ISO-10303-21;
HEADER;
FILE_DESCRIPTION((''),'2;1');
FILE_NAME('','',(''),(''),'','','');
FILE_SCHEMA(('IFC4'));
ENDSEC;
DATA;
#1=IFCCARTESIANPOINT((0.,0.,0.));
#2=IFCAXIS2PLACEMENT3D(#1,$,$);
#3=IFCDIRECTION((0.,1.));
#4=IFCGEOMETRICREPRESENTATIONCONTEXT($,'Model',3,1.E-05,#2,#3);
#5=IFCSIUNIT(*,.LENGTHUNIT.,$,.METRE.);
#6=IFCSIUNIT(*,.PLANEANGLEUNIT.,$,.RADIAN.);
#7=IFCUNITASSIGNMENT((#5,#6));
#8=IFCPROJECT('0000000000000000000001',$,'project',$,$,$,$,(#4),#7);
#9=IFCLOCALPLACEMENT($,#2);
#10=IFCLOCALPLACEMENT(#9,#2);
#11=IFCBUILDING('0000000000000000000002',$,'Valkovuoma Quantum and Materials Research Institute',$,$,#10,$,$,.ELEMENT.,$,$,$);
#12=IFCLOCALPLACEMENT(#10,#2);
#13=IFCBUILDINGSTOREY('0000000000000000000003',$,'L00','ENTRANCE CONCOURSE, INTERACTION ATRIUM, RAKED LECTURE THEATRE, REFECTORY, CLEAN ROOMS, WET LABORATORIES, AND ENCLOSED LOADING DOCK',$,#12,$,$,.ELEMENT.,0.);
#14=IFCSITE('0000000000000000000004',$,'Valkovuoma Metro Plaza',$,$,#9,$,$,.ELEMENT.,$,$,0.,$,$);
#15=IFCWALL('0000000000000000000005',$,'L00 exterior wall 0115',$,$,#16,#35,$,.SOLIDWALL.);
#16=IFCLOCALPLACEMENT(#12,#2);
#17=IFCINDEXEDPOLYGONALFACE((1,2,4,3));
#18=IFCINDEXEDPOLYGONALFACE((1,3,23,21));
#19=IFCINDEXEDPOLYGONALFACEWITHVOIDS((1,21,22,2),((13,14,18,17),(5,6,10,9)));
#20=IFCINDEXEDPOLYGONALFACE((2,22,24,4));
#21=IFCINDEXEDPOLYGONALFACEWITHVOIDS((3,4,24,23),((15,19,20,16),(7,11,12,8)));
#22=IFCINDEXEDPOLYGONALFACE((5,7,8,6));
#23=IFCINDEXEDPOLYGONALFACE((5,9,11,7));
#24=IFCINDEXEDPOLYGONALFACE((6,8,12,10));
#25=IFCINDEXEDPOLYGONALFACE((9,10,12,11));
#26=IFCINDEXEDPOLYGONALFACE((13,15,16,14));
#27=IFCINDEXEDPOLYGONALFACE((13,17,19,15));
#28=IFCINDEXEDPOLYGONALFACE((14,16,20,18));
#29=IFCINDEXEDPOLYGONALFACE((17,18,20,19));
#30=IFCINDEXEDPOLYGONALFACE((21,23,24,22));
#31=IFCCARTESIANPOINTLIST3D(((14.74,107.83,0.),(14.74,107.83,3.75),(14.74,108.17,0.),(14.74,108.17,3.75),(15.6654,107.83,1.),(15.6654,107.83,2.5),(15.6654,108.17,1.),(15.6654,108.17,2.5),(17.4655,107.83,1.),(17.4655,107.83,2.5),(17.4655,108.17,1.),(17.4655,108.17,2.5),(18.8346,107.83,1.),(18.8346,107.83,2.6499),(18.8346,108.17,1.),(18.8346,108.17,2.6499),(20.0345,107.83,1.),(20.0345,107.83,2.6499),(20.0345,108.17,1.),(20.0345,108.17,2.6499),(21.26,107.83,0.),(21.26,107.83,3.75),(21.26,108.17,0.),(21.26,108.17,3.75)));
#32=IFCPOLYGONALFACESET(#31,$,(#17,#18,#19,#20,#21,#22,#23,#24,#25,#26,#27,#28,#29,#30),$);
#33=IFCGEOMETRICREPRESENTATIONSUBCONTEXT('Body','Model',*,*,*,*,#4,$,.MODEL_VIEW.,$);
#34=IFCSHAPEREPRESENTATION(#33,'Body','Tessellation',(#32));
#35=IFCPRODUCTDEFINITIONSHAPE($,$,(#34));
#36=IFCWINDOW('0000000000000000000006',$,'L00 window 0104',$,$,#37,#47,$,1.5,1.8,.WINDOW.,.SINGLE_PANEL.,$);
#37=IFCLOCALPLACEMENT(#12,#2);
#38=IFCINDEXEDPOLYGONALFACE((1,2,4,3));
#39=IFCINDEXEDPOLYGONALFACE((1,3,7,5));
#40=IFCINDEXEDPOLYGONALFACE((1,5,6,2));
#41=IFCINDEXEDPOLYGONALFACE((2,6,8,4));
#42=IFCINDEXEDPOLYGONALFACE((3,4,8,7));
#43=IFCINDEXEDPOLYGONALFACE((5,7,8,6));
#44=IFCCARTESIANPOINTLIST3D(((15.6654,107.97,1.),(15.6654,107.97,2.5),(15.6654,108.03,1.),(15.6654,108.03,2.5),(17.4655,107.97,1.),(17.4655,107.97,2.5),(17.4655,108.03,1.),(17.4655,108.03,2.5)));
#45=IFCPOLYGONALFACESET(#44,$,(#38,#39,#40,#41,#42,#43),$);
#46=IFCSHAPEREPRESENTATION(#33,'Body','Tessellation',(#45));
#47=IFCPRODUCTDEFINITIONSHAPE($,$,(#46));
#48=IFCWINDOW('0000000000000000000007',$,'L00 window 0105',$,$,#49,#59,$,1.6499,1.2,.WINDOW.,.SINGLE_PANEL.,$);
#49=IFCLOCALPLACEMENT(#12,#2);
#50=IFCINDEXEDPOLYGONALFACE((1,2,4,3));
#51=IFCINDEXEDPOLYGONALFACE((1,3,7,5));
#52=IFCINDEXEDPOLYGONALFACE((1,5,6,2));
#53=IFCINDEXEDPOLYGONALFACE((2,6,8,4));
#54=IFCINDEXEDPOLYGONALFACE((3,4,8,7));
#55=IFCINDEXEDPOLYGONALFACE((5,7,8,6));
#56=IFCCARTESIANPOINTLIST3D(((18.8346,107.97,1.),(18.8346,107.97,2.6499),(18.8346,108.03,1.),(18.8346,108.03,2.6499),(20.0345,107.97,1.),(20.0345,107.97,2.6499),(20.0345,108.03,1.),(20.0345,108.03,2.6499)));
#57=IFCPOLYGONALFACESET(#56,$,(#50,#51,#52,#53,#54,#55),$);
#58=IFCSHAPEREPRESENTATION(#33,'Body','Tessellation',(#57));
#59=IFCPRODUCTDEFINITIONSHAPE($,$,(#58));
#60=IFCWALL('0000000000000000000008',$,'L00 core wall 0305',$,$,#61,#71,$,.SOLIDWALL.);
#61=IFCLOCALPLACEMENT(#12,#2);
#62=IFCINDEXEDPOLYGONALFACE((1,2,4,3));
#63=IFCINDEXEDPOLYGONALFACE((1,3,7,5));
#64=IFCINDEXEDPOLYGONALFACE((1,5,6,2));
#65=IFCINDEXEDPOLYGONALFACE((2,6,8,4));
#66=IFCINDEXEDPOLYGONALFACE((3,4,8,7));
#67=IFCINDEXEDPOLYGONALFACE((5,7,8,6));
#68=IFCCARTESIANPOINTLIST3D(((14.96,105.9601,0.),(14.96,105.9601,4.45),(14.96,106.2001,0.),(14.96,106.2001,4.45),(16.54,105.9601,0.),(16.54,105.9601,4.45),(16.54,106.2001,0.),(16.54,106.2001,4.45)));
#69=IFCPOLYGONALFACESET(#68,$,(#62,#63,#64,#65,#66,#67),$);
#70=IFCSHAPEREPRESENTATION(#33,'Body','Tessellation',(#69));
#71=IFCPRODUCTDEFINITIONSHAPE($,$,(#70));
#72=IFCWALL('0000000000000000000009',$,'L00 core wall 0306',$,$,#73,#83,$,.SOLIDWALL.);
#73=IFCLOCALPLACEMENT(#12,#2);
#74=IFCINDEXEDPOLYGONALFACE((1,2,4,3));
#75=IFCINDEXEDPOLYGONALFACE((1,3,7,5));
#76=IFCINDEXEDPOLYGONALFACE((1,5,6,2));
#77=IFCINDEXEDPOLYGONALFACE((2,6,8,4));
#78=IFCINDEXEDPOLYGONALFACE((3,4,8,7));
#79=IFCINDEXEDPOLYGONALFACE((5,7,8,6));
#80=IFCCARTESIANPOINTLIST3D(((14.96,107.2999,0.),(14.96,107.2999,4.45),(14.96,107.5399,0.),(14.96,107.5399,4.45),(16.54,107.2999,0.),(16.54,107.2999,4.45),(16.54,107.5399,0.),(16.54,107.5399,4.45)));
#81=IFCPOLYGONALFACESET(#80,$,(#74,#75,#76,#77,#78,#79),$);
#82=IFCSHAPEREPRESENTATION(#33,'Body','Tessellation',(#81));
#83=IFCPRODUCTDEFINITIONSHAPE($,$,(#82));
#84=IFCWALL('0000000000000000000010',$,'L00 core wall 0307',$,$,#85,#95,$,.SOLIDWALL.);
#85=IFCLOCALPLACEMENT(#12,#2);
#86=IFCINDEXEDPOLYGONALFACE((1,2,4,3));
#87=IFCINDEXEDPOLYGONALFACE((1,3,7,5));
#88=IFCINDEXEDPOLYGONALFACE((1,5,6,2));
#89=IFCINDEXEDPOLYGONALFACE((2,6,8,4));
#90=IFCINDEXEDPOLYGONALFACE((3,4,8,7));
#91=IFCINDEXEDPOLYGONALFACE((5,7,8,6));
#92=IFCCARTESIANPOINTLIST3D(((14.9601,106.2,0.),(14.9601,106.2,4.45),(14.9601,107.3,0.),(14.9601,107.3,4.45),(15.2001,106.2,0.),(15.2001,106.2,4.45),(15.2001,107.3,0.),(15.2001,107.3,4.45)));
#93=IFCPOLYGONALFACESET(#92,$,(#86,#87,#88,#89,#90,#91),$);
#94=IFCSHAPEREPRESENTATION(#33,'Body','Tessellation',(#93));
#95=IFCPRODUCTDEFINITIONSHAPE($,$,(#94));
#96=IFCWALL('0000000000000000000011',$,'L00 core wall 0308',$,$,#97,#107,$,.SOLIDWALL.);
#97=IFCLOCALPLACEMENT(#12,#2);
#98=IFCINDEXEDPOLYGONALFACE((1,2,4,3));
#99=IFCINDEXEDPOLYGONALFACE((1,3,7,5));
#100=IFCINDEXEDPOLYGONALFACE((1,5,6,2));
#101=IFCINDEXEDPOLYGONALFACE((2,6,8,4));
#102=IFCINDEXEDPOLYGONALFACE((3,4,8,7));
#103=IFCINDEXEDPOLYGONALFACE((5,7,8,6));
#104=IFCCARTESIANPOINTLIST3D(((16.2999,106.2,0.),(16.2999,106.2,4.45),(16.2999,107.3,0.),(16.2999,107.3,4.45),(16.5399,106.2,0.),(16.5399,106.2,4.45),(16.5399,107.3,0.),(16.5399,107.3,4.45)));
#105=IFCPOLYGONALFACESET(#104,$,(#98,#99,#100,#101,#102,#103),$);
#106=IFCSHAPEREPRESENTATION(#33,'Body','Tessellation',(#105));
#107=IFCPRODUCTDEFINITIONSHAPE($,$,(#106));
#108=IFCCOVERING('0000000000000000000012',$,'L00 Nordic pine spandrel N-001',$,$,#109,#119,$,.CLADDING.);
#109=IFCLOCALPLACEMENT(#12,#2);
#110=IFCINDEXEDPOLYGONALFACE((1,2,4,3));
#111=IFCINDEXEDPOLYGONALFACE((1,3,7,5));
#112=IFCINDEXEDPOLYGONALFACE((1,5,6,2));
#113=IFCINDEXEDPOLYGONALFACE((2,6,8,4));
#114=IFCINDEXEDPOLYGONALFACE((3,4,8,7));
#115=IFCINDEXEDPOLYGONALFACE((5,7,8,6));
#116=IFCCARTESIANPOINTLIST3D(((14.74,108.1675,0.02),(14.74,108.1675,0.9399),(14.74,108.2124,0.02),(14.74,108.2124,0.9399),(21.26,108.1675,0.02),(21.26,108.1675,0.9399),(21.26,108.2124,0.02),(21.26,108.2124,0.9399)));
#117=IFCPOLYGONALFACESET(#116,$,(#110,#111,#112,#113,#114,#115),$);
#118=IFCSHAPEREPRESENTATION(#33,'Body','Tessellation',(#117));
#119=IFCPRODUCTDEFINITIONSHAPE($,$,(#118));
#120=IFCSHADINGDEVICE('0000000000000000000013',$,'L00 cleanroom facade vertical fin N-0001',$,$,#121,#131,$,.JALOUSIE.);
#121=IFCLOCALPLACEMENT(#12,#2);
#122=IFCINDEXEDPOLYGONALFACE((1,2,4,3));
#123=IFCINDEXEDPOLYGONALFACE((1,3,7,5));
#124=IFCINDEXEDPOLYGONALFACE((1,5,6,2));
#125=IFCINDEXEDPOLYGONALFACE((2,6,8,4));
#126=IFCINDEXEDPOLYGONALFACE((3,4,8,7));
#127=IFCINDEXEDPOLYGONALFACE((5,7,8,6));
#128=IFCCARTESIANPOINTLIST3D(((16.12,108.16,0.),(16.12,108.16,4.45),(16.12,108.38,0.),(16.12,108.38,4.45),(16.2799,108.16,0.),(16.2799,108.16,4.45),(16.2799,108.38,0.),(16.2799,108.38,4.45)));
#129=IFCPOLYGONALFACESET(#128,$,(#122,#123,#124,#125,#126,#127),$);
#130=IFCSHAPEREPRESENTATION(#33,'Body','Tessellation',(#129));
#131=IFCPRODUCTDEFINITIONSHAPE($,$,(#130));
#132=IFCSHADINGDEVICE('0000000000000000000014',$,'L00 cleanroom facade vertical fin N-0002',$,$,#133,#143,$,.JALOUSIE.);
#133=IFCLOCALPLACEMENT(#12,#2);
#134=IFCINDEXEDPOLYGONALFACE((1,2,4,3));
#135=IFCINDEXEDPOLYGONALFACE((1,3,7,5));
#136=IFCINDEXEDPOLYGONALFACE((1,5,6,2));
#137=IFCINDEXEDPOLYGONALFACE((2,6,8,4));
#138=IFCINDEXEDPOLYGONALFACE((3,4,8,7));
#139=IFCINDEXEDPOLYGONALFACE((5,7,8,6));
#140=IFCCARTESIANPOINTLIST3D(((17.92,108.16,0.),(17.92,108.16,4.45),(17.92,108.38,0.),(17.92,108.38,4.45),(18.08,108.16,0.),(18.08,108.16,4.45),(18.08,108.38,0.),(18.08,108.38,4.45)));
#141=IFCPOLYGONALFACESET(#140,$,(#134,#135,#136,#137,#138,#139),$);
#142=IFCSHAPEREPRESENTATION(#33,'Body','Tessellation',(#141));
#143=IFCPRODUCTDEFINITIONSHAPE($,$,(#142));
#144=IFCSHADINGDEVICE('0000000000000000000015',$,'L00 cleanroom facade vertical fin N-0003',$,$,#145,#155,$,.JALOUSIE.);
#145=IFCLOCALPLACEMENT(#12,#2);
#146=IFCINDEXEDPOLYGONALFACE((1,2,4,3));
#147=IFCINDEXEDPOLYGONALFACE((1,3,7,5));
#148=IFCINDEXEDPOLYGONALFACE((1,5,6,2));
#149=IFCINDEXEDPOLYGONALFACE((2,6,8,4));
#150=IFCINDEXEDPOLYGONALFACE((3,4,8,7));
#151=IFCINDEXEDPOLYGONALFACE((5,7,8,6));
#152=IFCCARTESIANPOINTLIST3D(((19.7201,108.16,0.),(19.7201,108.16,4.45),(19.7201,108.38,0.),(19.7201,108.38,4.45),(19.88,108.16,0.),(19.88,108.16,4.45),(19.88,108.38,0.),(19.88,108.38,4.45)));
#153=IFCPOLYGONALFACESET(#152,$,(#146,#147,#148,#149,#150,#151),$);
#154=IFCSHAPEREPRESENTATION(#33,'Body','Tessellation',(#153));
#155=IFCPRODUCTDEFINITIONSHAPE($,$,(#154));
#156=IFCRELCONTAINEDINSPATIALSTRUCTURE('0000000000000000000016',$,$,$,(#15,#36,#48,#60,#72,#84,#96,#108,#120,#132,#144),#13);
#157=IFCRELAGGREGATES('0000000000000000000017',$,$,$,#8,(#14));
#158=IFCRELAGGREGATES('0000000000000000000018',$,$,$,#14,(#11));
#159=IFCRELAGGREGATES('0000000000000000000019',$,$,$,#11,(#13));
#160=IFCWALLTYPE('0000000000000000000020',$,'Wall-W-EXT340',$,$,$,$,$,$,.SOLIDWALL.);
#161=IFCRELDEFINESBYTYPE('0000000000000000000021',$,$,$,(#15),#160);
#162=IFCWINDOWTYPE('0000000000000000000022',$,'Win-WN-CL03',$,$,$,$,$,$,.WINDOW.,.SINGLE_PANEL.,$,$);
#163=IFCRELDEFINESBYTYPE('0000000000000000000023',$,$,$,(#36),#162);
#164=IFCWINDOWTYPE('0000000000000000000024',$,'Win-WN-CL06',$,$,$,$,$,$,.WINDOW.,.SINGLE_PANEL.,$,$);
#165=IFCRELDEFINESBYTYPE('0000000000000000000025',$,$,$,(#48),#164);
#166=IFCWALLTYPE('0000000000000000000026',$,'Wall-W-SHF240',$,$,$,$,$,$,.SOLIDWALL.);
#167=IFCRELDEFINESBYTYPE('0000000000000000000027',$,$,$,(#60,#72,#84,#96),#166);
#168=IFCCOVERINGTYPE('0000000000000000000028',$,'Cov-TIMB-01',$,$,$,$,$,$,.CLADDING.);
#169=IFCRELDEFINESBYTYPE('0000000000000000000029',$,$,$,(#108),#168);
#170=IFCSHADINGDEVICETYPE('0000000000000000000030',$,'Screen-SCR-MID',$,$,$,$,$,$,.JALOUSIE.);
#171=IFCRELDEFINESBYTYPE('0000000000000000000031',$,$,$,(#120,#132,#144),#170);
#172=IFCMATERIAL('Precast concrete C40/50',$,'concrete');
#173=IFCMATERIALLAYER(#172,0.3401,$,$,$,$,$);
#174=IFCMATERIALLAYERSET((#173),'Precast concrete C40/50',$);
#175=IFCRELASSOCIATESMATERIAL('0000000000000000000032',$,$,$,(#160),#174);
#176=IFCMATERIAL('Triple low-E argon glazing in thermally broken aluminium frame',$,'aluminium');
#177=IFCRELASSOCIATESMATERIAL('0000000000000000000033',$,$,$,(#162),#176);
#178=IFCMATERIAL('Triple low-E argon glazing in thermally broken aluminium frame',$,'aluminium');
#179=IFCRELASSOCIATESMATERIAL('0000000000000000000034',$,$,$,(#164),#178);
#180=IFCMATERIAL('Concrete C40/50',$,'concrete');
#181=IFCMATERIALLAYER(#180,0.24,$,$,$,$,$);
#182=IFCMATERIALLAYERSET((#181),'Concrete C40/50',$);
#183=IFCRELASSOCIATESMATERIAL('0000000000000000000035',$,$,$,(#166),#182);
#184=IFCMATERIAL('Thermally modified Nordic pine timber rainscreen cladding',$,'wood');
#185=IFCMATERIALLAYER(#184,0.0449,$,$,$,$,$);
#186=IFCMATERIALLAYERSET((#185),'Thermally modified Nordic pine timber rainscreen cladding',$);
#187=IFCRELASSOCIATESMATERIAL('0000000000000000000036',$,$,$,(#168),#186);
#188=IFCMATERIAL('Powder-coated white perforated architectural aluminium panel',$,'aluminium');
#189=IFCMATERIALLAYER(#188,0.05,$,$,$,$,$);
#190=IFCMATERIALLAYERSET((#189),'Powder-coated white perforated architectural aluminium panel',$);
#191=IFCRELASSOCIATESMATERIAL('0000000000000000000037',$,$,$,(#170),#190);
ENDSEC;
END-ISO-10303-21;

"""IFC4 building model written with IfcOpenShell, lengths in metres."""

from ifc_helpers import new_model, si_unit, direction, frame, frame_2d, origin, origin_2d, place, context, subcontext, project, spatial, rectangle, extrude, material, layer, layer_set, type_object, element, fill, save


model = new_model("IFC4")

# Units and contexts
model_context = context("Model", 3, precision=1e-05, world=origin(), true_north=direction((0.0, 1.0)))
body_context = subcontext(model_context, "Body", "Model", "MODEL_VIEW")
ifc_project = project(units=[si_unit("LENGTHUNIT", "METRE"), si_unit("PLANEANGLEUNIT", "RADIAN")], contexts=[model_context])

# Site, building, storey
site_placement = place(None, origin())
site = spatial("IfcSite", under=ifc_project, at=site_placement, Name="Valkovuoma Metro Plaza", CompositionType="ELEMENT", RefElevation=0.0)
building_placement = place(site_placement, origin())
building = spatial("IfcBuilding", under=site, at=building_placement, Name="Valkovuoma Quantum and Materials Research Institute", CompositionType="ELEMENT")
storey_placement = place(building_placement, origin())
storey = spatial("IfcBuildingStorey", under=building, at=storey_placement, Name="L00", Description="ENTRANCE CONCOURSE, INTERACTION ATRIUM, RAKED LECTURE THEATRE, REFECTORY, CLEAN ROOMS, WET LABORATORIES, AND ENCLOSED LOADING DOCK", CompositionType="ELEMENT", Elevation=0.0)

# Wall, openings, windows
ifc_material_1 = material(Name="Precast concrete C40/50", Category="concrete")
ifc_layer_1 = layer(ifc_material_1, 0.3401)
ifc_layer_set_1 = layer_set([ifc_layer_1], Name="Precast concrete C40/50")
wall_type_1 = type_object("IfcWallType", Name="Wall-W-EXT340", PredefinedType="SOLIDWALL", material=ifc_layer_set_1)
wall_placement = place(storey_placement, frame((14.74, 108.0, 0.0), z_axis=(0.0, 0.0, 1.0), x_axis=(1.0, 0.0, 0.0)))
wall = element("IfcWall", 1, at=wall_placement, inside=storey, type_object=wall_type_1, Name="L00 exterior wall 0115", PredefinedType="SOLIDWALL", context=body_context, shape_type="SweptSolid", body=[
    extrude(rectangle(XDim=6.52, YDim=0.3401, at=frame_2d((3.26, 0.0))), origin(), (0.0, 0.0, 1.0), 3.75),
])
opening_1_placement = place(wall_placement, frame((0.9255, 0.0, 1.0)))
opening_1 = element("IfcOpeningElement", 2, at=opening_1_placement, cuts=wall, PredefinedType="OPENING", context=body_context, shape_type="SweptSolid", body=[
    extrude(rectangle(XDim=1.8, YDim=1.5, at=frame_2d((0.8999, 0.75))), frame((0.0, 0.1802, 0.0), z_axis=(0.0, -1.0, 0.0), x_axis=(1.0, 0.0, 0.0)), (0.0, 0.0, 1.0), 0.3601),
])
opening_2_placement = place(wall_placement, frame((4.0945, 0.0, 1.0)))
opening_2 = element("IfcOpeningElement", 3, at=opening_2_placement, cuts=wall, PredefinedType="OPENING", context=body_context, shape_type="SweptSolid", body=[
    extrude(rectangle(XDim=1.2, YDim=1.6499, at=frame_2d((0.6001, 0.825))), frame((0.0, 0.1802, 0.0), z_axis=(0.0, -1.0, 0.0), x_axis=(1.0, 0.0, 0.0)), (0.0, 0.0, 1.0), 0.3601),
])
ifc_material_2 = material(Name="Triple low-E argon glazing in thermally broken aluminium frame", Category="aluminium")
window_type_1 = type_object("IfcWindowType", Name="Win-WN-CL03", PartitioningType="SINGLE_PANEL", PredefinedType="WINDOW", material=ifc_material_2)
window_1_placement = place(opening_1_placement, origin())
window_1 = element("IfcWindow", 4, at=window_1_placement, inside=storey, type_object=window_type_1, Name="L00 window 0104", OverallHeight=1.5, OverallWidth=1.8, PartitioningType="SINGLE_PANEL", PredefinedType="WINDOW", context=body_context, shape_type="SweptSolid", body=[
    extrude(rectangle(XDim=1.8, YDim=1.5, at=frame_2d((0.8999, 0.75))), frame((0.0, 0.03, 0.0), z_axis=(0.0, -1.0, 0.0), x_axis=(1.0, 0.0, 0.0)), (0.0, 0.0, 1.0), 0.0601),
])
fill(opening_1, window_1)
ifc_material_3 = material(Name="Triple low-E argon glazing in thermally broken aluminium frame", Category="aluminium")
window_type_2 = type_object("IfcWindowType", Name="Win-WN-CL06", PartitioningType="SINGLE_PANEL", PredefinedType="WINDOW", material=ifc_material_3)
window_2_placement = place(opening_2_placement, origin())
window_2 = element("IfcWindow", 5, at=window_2_placement, inside=storey, type_object=window_type_2, Name="L00 window 0105", OverallHeight=1.6499, OverallWidth=1.2, PartitioningType="SINGLE_PANEL", PredefinedType="WINDOW", context=body_context, shape_type="SweptSolid", body=[
    extrude(rectangle(XDim=1.2, YDim=1.6499, at=frame_2d((0.6001, 0.825))), frame((0.0, 0.03, 0.0), z_axis=(0.0, -1.0, 0.0), x_axis=(1.0, 0.0, 0.0)), (0.0, 0.0, 1.0), 0.0601),
])
fill(opening_2, window_2)

# Walls
ifc_material_4 = material(Name="Concrete C40/50", Category="concrete")
ifc_layer_2 = layer(ifc_material_4, 0.24)
ifc_layer_set_2 = layer_set([ifc_layer_2], Name="Concrete C40/50")
wall_type_2 = type_object("IfcWallType", Name="Wall-W-SHF240", PredefinedType="SOLIDWALL", material=ifc_layer_set_2)
for number, where, z_axis, x_axis, name in (
    (6, (14.96, 106.0801, 0.0), (0.0, 0.0, 1.0), (1.0, 0.0, 0.0), "L00 core wall 0305"),
    (7, (14.96, 107.4199, 0.0), (0.0, 0.0, 1.0), (1.0, 0.0, 0.0), "L00 core wall 0306"),
):
    element("IfcWall", number, at=place(storey_placement, frame(where, z_axis=z_axis, x_axis=x_axis)), inside=storey, type_object=wall_type_2, Name=name, PredefinedType="SOLIDWALL", context=body_context, shape_type="SweptSolid", body=[
        extrude(rectangle(XDim=1.5801, YDim=0.24, at=frame_2d((0.79, 0.0))), origin(), (0.0, 0.0, 1.0), 4.45),
    ])
for number, where, z_axis, x_axis, name in (
    (8, (15.0801, 106.2, 0.0), (0.0, 0.0, 1.0), (0.0, 1.0, 0.0), "L00 core wall 0307"),
    (9, (16.4199, 106.2, 0.0), (0.0, 0.0, 1.0), (0.0, 1.0, 0.0), "L00 core wall 0308"),
):
    element("IfcWall", number, at=place(storey_placement, frame(where, z_axis=z_axis, x_axis=x_axis)), inside=storey, type_object=wall_type_2, Name=name, PredefinedType="SOLIDWALL", context=body_context, shape_type="SweptSolid", body=[
        extrude(rectangle(XDim=1.1001, YDim=0.24, at=frame_2d((0.55, 0.0))), origin(), (0.0, 0.0, 1.0), 4.45),
    ])

# Covering
ifc_material_5 = material(Name="Thermally modified Nordic pine timber rainscreen cladding", Category="wood")
ifc_layer_3 = layer(ifc_material_5, 0.0449)
ifc_layer_set_3 = layer_set([ifc_layer_3], Name="Thermally modified Nordic pine timber rainscreen cladding")
covering_type = type_object("IfcCoveringType", Name="Cov-TIMB-01", PredefinedType="CLADDING", material=ifc_layer_set_3)
covering_placement = place(storey_placement, frame((18.0, 108.1899, 0.02), z_axis=(0.0, 0.0, 1.0), x_axis=(1.0, 0.0, 0.0)))
element("IfcCovering", 10, at=covering_placement, inside=storey, type_object=covering_type, Name="L00 Nordic pine spandrel N-001", PredefinedType="CLADDING", context=body_context, shape_type="SweptSolid", body=[
    extrude(rectangle(XDim=6.52, YDim=0.0449, at=origin_2d()), origin(), (0.0, 0.0, 1.0), 0.9199),
])

# Shading devices
ifc_material_6 = material(Name="Powder-coated white perforated architectural aluminium panel", Category="aluminium")
ifc_layer_4 = layer(ifc_material_6, 0.05)
ifc_layer_set_4 = layer_set([ifc_layer_4], Name="Powder-coated white perforated architectural aluminium panel")
shading_device_type = type_object("IfcShadingDeviceType", Name="Screen-SCR-MID", PredefinedType="JALOUSIE", material=ifc_layer_set_4)
for number, where, z_axis, x_axis, name in (
    (11, (16.2, 108.27, 0.0), (0.0, 0.0, 1.0), (1.0, 0.0, 0.0), "L00 cleanroom facade vertical fin N-0001"),
    (12, (18.0, 108.27, 0.0), (0.0, 0.0, 1.0), (1.0, 0.0, 0.0), "L00 cleanroom facade vertical fin N-0002"),
    (13, (19.8, 108.27, 0.0), (0.0, 0.0, 1.0), (1.0, 0.0, 0.0), "L00 cleanroom facade vertical fin N-0003"),
):
    element("IfcShadingDevice", number, at=place(storey_placement, frame(where, z_axis=z_axis, x_axis=x_axis)), inside=storey, type_object=shading_device_type, Name=name, PredefinedType="JALOUSIE", context=body_context, shape_type="SweptSolid", body=[
        extrude(rectangle(XDim=0.1599, YDim=0.22, at=origin_2d()), origin(), (0.0, 0.0, 1.0), 4.45),
    ])

save(model, "model.ifc")
